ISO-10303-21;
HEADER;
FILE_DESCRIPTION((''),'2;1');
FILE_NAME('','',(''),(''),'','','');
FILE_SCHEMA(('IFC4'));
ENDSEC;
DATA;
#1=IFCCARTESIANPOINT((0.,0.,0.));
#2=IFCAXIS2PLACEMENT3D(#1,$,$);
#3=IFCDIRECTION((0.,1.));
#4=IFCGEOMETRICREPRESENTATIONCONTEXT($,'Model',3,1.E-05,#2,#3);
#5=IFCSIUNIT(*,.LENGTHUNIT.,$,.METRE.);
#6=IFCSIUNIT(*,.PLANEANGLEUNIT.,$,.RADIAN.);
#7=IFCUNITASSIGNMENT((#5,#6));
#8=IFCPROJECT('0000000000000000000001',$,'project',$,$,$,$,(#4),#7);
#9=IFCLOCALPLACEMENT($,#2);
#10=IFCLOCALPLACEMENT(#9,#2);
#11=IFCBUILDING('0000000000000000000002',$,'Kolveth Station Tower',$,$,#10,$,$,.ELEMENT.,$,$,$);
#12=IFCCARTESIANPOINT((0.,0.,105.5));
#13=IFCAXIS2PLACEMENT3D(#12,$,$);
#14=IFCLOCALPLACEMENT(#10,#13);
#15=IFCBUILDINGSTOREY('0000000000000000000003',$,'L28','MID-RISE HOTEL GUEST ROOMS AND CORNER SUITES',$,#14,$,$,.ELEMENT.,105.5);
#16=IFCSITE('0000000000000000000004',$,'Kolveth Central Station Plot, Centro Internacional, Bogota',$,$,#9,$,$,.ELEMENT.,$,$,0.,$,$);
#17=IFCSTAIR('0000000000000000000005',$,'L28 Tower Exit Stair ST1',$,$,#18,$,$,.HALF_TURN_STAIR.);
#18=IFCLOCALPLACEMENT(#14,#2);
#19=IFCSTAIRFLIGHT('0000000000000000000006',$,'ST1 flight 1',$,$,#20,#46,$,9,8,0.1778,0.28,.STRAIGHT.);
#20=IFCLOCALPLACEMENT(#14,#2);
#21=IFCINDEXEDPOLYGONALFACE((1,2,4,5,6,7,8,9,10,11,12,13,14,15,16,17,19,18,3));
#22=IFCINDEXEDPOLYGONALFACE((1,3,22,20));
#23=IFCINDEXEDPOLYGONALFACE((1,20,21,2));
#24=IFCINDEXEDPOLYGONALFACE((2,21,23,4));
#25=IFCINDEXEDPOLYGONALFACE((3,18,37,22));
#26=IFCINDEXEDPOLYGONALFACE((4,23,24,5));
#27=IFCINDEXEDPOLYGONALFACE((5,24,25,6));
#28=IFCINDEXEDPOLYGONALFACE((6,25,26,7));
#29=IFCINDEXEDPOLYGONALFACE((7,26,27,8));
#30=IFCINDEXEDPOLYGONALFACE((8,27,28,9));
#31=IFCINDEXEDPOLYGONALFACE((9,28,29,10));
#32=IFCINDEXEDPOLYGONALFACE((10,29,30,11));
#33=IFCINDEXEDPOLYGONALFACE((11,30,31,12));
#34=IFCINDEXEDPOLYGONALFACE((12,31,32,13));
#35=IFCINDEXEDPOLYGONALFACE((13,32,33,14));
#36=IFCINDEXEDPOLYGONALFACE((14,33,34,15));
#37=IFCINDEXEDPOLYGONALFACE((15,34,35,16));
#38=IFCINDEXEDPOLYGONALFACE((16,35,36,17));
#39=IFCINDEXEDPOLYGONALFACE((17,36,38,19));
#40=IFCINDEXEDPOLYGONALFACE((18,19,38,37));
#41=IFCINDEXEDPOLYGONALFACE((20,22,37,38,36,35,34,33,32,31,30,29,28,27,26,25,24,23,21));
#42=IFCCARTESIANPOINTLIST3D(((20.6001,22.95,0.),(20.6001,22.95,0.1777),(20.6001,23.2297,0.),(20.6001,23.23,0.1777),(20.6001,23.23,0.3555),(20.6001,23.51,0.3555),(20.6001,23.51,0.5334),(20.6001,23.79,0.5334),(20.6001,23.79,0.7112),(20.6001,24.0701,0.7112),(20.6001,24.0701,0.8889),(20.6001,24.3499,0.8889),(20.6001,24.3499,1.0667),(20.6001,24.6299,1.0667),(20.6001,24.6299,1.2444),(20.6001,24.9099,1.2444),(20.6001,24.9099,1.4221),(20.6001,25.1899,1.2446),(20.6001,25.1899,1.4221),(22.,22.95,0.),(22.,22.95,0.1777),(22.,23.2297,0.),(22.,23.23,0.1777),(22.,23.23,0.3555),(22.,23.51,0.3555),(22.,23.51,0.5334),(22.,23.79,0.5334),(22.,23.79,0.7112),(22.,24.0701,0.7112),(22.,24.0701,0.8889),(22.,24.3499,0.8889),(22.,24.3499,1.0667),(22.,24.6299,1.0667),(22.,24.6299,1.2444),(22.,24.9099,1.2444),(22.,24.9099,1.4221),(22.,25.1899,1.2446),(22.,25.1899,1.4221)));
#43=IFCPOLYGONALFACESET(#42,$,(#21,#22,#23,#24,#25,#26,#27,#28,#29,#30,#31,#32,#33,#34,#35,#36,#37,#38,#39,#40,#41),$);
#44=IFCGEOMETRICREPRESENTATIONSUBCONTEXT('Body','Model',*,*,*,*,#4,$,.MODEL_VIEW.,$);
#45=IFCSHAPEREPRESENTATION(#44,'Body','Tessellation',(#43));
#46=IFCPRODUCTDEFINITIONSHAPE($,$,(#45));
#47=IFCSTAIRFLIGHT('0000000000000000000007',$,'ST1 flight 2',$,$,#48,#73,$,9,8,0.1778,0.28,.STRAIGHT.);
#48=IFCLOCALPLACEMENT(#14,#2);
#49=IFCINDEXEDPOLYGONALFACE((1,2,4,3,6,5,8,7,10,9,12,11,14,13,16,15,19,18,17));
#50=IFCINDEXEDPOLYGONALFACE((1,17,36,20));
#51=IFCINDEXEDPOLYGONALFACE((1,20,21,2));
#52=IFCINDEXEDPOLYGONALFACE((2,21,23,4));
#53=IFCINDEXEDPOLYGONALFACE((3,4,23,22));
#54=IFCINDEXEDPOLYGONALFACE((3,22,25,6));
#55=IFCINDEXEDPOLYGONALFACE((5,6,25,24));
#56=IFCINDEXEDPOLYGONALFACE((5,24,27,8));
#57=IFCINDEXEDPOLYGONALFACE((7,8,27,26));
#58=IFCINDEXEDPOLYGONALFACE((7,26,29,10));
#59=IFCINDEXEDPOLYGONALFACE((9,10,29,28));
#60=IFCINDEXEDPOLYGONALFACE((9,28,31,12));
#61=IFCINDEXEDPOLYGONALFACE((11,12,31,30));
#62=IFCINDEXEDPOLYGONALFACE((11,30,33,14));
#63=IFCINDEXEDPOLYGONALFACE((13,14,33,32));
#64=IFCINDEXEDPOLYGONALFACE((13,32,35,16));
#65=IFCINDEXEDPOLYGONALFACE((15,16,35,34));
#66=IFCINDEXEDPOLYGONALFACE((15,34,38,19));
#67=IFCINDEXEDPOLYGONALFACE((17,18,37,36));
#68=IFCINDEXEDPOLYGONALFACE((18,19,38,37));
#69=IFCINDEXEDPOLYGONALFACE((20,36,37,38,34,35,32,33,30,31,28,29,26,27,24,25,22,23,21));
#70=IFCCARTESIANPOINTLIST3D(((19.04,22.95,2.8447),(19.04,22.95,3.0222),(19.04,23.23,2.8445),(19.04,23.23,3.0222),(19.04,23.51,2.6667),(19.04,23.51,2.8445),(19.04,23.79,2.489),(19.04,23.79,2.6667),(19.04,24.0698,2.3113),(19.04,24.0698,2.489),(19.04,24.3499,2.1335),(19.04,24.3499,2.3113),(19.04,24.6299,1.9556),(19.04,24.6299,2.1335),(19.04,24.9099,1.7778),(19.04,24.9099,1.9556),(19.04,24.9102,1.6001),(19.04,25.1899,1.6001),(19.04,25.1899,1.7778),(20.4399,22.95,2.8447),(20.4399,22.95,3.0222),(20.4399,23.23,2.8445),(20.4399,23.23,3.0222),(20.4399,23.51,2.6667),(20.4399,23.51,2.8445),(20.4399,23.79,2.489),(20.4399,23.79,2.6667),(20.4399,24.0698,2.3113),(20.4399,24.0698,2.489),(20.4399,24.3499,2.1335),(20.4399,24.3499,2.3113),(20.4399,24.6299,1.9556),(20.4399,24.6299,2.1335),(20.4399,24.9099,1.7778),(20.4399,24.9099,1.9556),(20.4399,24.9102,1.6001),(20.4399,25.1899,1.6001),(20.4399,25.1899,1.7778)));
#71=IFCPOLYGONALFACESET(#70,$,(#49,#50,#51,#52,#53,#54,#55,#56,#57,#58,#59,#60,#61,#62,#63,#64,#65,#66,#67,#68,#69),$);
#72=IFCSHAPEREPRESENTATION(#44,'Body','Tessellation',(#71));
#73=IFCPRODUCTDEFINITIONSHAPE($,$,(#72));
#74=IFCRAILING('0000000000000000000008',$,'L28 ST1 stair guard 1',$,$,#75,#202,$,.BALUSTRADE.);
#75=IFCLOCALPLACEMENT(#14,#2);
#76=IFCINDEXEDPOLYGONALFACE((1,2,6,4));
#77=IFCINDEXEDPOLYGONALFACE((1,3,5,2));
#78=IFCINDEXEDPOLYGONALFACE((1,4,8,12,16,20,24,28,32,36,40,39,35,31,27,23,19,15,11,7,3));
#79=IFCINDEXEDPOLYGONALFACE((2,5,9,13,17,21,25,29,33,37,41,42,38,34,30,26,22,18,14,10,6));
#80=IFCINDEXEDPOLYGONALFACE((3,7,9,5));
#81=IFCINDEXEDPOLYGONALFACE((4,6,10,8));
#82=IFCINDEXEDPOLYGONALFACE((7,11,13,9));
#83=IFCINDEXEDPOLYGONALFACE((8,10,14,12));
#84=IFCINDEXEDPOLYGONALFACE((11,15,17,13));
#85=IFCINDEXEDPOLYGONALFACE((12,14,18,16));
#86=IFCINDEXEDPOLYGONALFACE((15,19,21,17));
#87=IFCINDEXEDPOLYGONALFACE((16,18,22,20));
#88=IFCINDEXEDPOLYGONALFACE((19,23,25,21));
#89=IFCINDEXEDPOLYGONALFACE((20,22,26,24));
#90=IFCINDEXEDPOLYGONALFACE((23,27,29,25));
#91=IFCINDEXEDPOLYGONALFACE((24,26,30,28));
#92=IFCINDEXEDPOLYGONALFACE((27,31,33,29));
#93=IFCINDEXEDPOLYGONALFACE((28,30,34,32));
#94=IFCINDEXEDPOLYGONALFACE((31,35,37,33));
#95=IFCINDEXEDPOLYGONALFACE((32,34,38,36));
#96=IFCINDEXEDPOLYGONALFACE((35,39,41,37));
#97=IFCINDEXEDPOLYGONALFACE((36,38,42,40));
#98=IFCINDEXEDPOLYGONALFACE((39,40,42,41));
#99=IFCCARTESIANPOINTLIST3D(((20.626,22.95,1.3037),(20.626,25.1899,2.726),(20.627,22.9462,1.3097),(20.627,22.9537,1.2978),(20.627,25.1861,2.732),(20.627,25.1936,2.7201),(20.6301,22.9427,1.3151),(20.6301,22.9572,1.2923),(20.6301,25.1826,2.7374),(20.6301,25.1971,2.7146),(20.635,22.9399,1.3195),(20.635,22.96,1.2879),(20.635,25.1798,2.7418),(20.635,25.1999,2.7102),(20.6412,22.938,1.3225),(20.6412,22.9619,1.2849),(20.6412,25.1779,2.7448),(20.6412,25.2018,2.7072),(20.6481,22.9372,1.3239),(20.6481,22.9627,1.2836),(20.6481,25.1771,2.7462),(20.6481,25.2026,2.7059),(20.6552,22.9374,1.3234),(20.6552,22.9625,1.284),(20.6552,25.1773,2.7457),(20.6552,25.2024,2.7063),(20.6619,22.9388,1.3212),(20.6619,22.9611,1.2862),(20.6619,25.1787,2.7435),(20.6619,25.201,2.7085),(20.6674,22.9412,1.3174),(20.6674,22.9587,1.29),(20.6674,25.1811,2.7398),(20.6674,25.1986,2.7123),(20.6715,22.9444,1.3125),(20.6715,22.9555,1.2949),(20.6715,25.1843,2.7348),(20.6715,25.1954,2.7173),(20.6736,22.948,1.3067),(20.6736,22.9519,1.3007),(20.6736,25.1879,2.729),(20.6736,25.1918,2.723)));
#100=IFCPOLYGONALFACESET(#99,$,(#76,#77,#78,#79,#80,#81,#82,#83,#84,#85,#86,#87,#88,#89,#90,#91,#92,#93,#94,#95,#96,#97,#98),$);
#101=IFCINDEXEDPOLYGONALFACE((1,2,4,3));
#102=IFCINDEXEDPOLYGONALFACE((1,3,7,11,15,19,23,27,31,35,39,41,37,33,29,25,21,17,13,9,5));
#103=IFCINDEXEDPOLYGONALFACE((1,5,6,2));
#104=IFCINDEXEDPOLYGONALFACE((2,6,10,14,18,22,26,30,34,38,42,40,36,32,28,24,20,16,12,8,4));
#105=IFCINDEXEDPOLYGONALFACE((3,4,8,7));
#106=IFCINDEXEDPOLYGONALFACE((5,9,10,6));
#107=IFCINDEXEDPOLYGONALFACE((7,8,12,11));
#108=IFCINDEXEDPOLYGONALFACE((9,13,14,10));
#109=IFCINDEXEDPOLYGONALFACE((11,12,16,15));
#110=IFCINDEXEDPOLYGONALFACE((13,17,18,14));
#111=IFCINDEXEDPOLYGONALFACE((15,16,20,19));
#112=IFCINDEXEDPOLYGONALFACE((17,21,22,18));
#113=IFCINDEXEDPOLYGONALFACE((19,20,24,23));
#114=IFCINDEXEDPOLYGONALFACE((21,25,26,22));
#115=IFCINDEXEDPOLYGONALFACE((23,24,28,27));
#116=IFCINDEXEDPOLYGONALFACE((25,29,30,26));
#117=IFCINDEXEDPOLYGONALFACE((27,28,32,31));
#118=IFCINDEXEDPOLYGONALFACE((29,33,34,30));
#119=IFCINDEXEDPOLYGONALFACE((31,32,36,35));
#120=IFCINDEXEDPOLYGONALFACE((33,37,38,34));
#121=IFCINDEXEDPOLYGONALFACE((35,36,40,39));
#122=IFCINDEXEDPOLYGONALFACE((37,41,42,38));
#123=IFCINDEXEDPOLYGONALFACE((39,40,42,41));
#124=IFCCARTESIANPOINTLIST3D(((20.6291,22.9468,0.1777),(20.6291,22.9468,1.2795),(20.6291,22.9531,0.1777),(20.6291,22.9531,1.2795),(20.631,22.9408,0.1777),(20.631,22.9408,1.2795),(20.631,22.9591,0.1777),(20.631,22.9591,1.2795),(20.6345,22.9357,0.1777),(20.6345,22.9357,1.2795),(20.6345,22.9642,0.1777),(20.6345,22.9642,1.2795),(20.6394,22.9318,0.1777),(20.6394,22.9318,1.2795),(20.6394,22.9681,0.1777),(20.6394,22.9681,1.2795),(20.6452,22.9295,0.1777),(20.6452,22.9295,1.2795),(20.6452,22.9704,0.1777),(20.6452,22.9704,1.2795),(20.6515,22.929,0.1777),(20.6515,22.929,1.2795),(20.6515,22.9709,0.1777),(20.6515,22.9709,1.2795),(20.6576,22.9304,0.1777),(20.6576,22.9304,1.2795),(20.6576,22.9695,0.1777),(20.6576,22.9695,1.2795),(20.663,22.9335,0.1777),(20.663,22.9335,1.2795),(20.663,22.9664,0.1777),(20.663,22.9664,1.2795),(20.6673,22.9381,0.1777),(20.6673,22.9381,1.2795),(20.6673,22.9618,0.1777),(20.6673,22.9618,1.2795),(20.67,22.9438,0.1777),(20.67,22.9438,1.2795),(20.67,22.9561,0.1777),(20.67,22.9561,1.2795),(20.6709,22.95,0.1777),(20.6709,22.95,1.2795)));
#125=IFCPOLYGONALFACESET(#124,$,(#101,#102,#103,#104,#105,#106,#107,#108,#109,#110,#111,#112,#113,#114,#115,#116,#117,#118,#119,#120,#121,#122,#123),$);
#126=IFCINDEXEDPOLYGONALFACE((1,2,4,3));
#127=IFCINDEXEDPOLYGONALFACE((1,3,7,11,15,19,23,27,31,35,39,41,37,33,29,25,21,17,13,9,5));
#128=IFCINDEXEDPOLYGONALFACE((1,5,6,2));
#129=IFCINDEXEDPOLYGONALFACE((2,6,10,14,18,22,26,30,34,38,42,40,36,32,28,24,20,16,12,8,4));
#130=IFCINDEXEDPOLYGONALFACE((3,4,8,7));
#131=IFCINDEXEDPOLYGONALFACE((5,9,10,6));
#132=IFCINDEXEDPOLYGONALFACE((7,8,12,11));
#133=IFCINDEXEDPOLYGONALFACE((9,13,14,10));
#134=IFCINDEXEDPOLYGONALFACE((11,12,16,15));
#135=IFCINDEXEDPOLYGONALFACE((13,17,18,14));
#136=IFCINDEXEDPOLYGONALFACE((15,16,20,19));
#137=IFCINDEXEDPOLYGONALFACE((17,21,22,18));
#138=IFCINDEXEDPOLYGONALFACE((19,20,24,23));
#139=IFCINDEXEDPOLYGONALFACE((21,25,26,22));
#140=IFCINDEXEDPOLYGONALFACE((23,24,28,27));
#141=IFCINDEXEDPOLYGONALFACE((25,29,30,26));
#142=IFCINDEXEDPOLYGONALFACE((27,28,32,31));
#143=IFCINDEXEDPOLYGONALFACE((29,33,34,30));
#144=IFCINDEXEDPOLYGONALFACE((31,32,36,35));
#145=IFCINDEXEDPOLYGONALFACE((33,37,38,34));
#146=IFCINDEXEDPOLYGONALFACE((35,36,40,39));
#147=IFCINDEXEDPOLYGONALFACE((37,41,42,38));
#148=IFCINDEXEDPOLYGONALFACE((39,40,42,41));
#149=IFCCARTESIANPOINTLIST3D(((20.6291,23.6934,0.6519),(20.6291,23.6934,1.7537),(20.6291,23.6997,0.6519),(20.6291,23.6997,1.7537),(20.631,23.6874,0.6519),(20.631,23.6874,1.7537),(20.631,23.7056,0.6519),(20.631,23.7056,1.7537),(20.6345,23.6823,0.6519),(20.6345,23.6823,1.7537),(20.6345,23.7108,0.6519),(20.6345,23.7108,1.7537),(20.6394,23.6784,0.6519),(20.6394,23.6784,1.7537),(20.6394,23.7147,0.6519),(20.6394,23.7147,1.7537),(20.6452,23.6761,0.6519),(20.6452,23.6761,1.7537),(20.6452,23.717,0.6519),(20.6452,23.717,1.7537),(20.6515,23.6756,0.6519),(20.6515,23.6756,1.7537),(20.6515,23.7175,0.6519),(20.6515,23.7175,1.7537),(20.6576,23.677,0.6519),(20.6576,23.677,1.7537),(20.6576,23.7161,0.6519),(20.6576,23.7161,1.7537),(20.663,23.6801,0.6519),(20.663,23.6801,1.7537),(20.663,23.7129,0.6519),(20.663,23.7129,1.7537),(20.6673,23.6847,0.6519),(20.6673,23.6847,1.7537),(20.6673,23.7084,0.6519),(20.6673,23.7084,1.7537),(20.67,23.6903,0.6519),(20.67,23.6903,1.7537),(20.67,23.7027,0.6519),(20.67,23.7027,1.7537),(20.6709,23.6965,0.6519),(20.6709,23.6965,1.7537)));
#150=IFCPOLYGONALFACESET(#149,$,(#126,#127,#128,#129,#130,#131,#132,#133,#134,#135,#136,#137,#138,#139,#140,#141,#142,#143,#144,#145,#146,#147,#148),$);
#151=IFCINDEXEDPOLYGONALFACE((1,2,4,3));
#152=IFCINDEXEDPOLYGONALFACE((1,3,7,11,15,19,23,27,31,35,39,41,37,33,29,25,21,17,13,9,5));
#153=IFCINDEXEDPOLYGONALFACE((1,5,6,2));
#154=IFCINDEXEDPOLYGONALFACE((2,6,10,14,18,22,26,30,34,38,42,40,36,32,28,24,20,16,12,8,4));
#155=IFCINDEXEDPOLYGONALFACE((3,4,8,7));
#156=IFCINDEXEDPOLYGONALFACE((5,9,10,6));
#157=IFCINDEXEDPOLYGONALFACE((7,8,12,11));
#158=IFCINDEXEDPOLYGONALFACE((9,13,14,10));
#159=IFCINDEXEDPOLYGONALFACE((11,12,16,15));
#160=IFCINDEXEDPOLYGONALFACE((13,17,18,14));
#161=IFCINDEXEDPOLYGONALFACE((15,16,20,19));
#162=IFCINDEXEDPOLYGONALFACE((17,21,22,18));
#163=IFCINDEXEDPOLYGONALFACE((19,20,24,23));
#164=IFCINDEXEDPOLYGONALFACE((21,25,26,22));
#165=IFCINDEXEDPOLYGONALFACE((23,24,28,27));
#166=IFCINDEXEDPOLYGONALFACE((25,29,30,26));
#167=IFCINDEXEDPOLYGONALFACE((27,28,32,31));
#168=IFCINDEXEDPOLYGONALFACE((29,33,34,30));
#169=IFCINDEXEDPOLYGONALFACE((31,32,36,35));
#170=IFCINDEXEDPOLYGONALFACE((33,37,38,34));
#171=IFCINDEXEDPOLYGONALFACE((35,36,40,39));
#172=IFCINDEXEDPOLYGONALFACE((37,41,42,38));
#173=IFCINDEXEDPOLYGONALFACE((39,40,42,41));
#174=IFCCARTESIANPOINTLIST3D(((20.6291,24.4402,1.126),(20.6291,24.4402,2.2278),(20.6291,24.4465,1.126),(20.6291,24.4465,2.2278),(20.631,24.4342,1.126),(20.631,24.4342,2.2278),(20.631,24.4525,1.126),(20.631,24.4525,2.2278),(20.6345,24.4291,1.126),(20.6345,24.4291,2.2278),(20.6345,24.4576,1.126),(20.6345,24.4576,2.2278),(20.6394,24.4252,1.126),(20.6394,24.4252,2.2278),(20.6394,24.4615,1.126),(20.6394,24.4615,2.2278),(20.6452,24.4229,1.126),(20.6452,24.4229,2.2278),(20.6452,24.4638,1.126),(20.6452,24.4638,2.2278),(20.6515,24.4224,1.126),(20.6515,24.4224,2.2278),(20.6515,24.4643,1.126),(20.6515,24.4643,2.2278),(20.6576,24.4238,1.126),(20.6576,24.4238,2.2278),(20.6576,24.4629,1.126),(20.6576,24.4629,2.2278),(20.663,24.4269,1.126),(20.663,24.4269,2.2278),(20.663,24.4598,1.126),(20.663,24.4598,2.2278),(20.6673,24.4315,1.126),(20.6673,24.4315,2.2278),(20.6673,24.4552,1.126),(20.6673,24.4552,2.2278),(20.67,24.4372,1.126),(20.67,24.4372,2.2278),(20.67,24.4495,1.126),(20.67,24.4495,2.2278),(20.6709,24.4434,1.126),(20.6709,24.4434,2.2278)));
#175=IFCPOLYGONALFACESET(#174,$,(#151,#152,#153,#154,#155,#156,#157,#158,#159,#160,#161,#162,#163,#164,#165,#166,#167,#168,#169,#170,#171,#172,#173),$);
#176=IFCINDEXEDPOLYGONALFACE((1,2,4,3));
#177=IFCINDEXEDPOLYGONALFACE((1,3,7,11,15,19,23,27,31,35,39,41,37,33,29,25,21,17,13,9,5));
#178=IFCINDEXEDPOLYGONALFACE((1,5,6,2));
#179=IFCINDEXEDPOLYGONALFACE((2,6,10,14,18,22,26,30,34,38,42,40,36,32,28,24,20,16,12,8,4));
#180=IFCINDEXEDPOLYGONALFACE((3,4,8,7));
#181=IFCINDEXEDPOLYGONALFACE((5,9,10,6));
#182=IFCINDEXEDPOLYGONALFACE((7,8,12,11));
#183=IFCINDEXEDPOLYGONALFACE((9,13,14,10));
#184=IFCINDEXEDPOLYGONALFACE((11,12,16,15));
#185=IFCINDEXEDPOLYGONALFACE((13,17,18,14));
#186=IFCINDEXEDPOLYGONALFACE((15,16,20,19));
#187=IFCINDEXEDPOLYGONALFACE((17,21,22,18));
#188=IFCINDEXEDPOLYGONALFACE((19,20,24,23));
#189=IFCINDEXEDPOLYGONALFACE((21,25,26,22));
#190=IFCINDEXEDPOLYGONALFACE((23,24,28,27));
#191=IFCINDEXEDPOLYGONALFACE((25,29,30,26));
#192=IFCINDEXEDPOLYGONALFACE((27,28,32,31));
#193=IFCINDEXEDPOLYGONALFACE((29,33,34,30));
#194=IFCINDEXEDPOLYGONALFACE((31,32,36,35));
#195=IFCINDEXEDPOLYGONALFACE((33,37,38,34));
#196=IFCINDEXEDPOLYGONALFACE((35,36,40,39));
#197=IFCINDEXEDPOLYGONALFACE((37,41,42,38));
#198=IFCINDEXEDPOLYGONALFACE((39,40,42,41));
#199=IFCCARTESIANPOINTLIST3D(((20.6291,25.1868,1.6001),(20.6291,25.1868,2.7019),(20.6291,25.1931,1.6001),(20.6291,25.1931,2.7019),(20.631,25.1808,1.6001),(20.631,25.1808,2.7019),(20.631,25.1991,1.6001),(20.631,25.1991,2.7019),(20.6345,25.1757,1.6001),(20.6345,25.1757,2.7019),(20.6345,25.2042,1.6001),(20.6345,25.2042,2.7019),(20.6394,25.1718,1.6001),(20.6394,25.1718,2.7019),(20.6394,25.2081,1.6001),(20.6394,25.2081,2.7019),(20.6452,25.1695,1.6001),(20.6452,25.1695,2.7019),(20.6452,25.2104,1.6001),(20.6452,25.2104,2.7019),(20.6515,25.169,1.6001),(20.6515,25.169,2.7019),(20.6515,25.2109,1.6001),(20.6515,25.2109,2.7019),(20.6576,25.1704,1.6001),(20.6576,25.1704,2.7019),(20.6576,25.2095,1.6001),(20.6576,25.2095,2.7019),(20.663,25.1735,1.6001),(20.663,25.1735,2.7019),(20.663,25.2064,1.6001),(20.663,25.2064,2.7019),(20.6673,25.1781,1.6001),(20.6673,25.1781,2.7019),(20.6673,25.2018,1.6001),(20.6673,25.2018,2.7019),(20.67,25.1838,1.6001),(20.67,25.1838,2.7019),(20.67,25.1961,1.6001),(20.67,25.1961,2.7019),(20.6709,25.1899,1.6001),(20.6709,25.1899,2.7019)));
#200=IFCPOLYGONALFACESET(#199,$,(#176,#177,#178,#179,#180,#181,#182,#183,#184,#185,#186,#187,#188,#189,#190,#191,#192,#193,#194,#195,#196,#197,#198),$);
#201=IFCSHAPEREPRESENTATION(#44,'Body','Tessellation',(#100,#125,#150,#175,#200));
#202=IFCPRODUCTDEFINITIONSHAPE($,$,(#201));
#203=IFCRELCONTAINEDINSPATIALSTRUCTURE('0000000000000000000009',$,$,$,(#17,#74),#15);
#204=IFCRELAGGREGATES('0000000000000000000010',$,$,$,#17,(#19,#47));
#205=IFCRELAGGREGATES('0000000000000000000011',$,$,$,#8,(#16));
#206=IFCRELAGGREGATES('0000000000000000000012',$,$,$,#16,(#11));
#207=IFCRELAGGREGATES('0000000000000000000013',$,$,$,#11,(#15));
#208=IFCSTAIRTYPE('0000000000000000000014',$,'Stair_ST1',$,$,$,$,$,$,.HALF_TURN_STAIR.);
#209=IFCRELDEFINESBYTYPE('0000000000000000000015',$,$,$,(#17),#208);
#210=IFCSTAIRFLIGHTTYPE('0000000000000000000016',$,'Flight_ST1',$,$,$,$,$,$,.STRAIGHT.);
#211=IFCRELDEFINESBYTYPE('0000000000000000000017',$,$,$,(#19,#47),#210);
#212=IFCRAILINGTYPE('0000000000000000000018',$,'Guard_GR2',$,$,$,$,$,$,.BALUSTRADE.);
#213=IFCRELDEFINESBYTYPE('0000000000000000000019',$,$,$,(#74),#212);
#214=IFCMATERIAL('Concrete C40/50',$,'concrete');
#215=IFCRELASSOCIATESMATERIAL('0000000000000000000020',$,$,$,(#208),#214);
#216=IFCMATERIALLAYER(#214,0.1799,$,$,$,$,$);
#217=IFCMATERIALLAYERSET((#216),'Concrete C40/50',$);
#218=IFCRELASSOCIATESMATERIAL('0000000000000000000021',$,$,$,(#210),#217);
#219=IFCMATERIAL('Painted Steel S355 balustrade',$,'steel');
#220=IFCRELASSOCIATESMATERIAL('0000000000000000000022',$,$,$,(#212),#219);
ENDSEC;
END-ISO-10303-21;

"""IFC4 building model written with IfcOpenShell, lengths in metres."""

from ifc_helpers import new_model, si_unit, direction, frame, origin, origin_2d, place, context, subcontext, project, spatial, polyline, circle, outline, extrude, material, layer, layer_set, type_object, element, aggregate, save


model = new_model("IFC4")

# Units and contexts
model_context = context("Model", 3, precision=1e-05, world=origin(), true_north=direction((0.0, 1.0)))
body_context = subcontext(model_context, "Body", "Model", "MODEL_VIEW")
ifc_project = project(units=[si_unit("LENGTHUNIT", "METRE"), si_unit("PLANEANGLEUNIT", "RADIAN")], contexts=[model_context])

# Site, building, storey
site_placement = place(None, origin())
site = spatial("IfcSite", under=ifc_project, at=site_placement, Name="Kolveth Central Station Plot, Centro Internacional, Bogota", CompositionType="ELEMENT", RefElevation=0.0)
building_placement = place(site_placement, origin())
building = spatial("IfcBuilding", under=site, at=building_placement, Name="Kolveth Station Tower", CompositionType="ELEMENT")
storey_placement = place(building_placement, frame((0.0, 0.0, 105.5)))
storey = spatial("IfcBuildingStorey", under=building, at=storey_placement, Name="L28", Description="MID-RISE HOTEL GUEST ROOMS AND CORNER SUITES", CompositionType="ELEMENT", Elevation=105.5)

# Shared definitions
ifc_material_1 = material(Name="Concrete C40/50", Category="concrete")

# Stair, stair flights
stair_type = type_object("IfcStairType", Name="Stair_ST1", PredefinedType="HALF_TURN_STAIR", material=ifc_material_1)
stair_placement = place(storey_placement, origin())
stair = element("IfcStair", 1, at=stair_placement, inside=storey, type_object=stair_type, Name="L28 Tower Exit Stair ST1", PredefinedType="HALF_TURN_STAIR")
ifc_layer_1 = layer(ifc_material_1, 0.1799)
ifc_layer_set_1 = layer_set([ifc_layer_1], Name="Concrete C40/50")
stair_flight_type = type_object("IfcStairFlightType", Name="Flight_ST1", PredefinedType="STRAIGHT", material=ifc_layer_set_1)
stair_flight_1_placement = place(storey_placement, frame((21.3, 22.95, 0.0), z_axis=(0.0, 0.0, 1.0), x_axis=(0.0, 1.0, 0.0)))
stair_flight_1 = element("IfcStairFlight", 2, at=stair_flight_1_placement, type_object=stair_flight_type, Name="ST1 flight 1", NumberOfRisers=9, NumberOfTreads=8, PredefinedType="STRAIGHT", RiserHeight=0.1778, TreadLength=0.28, context=body_context, shape_type="SweptSolid", body=[
    extrude(outline(polyline([(0.0, 0.0), (0.0, 0.1777), (0.28, 0.1777), (0.28, 0.3555), (0.5601, 0.3555), (0.5601, 0.5334), (0.8401, 0.5334), (0.8401, 0.7112), (1.1201, 0.7112), (1.1201, 0.8889), (1.3999, 0.8889), (1.3999, 1.0667), (1.6799, 1.0667), (1.6799, 1.2444), (1.96, 1.2444), (1.96, 1.4221), (2.24, 1.4221), (2.24, 1.6001), (2.24, 1.2446), (0.2798, 0.0), (0.0, 0.0)])), frame((0.0, 0.7, 0.0), z_axis=(0.0, -1.0, 0.0), x_axis=(1.0, 0.0, 0.0)), (0.0, 0.0, 1.0), 1.3999),
])
stair_flight_2_placement = place(storey_placement, frame((19.74, 25.1899, 1.6001), z_axis=(0.0, 0.0, 1.0), x_axis=(0.0, -1.0, 0.0)))
stair_flight_2 = element("IfcStairFlight", 3, at=stair_flight_2_placement, type_object=stair_flight_type, Name="ST1 flight 2", NumberOfRisers=9, NumberOfTreads=8, PredefinedType="STRAIGHT", RiserHeight=0.1778, TreadLength=0.28, context=body_context, shape_type="SweptSolid", body=[
    extrude(outline(polyline([(0.0, 0.0), (0.0, 0.1777), (0.28, 0.1777), (0.28, 0.3555), (0.5601, 0.3555), (0.5601, 0.5334), (0.8401, 0.5334), (0.8401, 0.7112), (1.1201, 0.7112), (1.1201, 0.8889), (1.3999, 0.8889), (1.3999, 1.0667), (1.6799, 1.0667), (1.6799, 1.2444), (1.96, 1.2444), (1.96, 1.4221), (2.24, 1.4221), (2.24, 1.6001), (2.24, 1.2446), (0.2798, 0.0), (0.0, 0.0)])), frame((0.0, 0.7, 0.0), z_axis=(0.0, -1.0, 0.0), x_axis=(1.0, 0.0, 0.0)), (0.0, 0.0, 1.0), 1.3999),
])
aggregate(stair, [stair_flight_1, stair_flight_2])

# Railing
ifc_material_2 = material(Name="Painted Steel S355 balustrade", Category="steel")
railing_type_1 = type_object("IfcRailingType", Name="Guard_GR2", PredefinedType="BALUSTRADE", material=ifc_material_2)
railing_1_placement = place(storey_placement, frame((20.6499, 22.95, 0.1777)))
element("IfcRailing", 4, at=railing_1_placement, inside=storey, type_object=railing_type_1, Name="L28 ST1 stair guard 1", PredefinedType="BALUSTRADE", context=body_context, shape_type="SweptSolid", body=[
    extrude(circle(Radius=0.0239, at=origin_2d()), frame((0.0, 0.0, 1.126), z_axis=(0.0, 0.844188, 0.536048), x_axis=(-1.0, 0.0, 0.0)), (0.0, 0.0, 1.0), 2.6533),
    extrude(circle(Radius=0.021, at=origin_2d()), origin(), (0.0, 0.0, 1.0), 1.1018),
    extrude(circle(Radius=0.021, at=origin_2d()), frame((0.0, 0.7466, 0.4741)), (0.0, 0.0, 1.0), 1.1018),
    extrude(circle(Radius=0.021, at=origin_2d()), frame((0.0, 1.4934, 0.9482)), (0.0, 0.0, 1.0), 1.1018),
    extrude(circle(Radius=0.021, at=origin_2d()), frame((0.0, 2.24, 1.4224)), (0.0, 0.0, 1.0), 1.1018),
])

save(model, "model.ifc")
